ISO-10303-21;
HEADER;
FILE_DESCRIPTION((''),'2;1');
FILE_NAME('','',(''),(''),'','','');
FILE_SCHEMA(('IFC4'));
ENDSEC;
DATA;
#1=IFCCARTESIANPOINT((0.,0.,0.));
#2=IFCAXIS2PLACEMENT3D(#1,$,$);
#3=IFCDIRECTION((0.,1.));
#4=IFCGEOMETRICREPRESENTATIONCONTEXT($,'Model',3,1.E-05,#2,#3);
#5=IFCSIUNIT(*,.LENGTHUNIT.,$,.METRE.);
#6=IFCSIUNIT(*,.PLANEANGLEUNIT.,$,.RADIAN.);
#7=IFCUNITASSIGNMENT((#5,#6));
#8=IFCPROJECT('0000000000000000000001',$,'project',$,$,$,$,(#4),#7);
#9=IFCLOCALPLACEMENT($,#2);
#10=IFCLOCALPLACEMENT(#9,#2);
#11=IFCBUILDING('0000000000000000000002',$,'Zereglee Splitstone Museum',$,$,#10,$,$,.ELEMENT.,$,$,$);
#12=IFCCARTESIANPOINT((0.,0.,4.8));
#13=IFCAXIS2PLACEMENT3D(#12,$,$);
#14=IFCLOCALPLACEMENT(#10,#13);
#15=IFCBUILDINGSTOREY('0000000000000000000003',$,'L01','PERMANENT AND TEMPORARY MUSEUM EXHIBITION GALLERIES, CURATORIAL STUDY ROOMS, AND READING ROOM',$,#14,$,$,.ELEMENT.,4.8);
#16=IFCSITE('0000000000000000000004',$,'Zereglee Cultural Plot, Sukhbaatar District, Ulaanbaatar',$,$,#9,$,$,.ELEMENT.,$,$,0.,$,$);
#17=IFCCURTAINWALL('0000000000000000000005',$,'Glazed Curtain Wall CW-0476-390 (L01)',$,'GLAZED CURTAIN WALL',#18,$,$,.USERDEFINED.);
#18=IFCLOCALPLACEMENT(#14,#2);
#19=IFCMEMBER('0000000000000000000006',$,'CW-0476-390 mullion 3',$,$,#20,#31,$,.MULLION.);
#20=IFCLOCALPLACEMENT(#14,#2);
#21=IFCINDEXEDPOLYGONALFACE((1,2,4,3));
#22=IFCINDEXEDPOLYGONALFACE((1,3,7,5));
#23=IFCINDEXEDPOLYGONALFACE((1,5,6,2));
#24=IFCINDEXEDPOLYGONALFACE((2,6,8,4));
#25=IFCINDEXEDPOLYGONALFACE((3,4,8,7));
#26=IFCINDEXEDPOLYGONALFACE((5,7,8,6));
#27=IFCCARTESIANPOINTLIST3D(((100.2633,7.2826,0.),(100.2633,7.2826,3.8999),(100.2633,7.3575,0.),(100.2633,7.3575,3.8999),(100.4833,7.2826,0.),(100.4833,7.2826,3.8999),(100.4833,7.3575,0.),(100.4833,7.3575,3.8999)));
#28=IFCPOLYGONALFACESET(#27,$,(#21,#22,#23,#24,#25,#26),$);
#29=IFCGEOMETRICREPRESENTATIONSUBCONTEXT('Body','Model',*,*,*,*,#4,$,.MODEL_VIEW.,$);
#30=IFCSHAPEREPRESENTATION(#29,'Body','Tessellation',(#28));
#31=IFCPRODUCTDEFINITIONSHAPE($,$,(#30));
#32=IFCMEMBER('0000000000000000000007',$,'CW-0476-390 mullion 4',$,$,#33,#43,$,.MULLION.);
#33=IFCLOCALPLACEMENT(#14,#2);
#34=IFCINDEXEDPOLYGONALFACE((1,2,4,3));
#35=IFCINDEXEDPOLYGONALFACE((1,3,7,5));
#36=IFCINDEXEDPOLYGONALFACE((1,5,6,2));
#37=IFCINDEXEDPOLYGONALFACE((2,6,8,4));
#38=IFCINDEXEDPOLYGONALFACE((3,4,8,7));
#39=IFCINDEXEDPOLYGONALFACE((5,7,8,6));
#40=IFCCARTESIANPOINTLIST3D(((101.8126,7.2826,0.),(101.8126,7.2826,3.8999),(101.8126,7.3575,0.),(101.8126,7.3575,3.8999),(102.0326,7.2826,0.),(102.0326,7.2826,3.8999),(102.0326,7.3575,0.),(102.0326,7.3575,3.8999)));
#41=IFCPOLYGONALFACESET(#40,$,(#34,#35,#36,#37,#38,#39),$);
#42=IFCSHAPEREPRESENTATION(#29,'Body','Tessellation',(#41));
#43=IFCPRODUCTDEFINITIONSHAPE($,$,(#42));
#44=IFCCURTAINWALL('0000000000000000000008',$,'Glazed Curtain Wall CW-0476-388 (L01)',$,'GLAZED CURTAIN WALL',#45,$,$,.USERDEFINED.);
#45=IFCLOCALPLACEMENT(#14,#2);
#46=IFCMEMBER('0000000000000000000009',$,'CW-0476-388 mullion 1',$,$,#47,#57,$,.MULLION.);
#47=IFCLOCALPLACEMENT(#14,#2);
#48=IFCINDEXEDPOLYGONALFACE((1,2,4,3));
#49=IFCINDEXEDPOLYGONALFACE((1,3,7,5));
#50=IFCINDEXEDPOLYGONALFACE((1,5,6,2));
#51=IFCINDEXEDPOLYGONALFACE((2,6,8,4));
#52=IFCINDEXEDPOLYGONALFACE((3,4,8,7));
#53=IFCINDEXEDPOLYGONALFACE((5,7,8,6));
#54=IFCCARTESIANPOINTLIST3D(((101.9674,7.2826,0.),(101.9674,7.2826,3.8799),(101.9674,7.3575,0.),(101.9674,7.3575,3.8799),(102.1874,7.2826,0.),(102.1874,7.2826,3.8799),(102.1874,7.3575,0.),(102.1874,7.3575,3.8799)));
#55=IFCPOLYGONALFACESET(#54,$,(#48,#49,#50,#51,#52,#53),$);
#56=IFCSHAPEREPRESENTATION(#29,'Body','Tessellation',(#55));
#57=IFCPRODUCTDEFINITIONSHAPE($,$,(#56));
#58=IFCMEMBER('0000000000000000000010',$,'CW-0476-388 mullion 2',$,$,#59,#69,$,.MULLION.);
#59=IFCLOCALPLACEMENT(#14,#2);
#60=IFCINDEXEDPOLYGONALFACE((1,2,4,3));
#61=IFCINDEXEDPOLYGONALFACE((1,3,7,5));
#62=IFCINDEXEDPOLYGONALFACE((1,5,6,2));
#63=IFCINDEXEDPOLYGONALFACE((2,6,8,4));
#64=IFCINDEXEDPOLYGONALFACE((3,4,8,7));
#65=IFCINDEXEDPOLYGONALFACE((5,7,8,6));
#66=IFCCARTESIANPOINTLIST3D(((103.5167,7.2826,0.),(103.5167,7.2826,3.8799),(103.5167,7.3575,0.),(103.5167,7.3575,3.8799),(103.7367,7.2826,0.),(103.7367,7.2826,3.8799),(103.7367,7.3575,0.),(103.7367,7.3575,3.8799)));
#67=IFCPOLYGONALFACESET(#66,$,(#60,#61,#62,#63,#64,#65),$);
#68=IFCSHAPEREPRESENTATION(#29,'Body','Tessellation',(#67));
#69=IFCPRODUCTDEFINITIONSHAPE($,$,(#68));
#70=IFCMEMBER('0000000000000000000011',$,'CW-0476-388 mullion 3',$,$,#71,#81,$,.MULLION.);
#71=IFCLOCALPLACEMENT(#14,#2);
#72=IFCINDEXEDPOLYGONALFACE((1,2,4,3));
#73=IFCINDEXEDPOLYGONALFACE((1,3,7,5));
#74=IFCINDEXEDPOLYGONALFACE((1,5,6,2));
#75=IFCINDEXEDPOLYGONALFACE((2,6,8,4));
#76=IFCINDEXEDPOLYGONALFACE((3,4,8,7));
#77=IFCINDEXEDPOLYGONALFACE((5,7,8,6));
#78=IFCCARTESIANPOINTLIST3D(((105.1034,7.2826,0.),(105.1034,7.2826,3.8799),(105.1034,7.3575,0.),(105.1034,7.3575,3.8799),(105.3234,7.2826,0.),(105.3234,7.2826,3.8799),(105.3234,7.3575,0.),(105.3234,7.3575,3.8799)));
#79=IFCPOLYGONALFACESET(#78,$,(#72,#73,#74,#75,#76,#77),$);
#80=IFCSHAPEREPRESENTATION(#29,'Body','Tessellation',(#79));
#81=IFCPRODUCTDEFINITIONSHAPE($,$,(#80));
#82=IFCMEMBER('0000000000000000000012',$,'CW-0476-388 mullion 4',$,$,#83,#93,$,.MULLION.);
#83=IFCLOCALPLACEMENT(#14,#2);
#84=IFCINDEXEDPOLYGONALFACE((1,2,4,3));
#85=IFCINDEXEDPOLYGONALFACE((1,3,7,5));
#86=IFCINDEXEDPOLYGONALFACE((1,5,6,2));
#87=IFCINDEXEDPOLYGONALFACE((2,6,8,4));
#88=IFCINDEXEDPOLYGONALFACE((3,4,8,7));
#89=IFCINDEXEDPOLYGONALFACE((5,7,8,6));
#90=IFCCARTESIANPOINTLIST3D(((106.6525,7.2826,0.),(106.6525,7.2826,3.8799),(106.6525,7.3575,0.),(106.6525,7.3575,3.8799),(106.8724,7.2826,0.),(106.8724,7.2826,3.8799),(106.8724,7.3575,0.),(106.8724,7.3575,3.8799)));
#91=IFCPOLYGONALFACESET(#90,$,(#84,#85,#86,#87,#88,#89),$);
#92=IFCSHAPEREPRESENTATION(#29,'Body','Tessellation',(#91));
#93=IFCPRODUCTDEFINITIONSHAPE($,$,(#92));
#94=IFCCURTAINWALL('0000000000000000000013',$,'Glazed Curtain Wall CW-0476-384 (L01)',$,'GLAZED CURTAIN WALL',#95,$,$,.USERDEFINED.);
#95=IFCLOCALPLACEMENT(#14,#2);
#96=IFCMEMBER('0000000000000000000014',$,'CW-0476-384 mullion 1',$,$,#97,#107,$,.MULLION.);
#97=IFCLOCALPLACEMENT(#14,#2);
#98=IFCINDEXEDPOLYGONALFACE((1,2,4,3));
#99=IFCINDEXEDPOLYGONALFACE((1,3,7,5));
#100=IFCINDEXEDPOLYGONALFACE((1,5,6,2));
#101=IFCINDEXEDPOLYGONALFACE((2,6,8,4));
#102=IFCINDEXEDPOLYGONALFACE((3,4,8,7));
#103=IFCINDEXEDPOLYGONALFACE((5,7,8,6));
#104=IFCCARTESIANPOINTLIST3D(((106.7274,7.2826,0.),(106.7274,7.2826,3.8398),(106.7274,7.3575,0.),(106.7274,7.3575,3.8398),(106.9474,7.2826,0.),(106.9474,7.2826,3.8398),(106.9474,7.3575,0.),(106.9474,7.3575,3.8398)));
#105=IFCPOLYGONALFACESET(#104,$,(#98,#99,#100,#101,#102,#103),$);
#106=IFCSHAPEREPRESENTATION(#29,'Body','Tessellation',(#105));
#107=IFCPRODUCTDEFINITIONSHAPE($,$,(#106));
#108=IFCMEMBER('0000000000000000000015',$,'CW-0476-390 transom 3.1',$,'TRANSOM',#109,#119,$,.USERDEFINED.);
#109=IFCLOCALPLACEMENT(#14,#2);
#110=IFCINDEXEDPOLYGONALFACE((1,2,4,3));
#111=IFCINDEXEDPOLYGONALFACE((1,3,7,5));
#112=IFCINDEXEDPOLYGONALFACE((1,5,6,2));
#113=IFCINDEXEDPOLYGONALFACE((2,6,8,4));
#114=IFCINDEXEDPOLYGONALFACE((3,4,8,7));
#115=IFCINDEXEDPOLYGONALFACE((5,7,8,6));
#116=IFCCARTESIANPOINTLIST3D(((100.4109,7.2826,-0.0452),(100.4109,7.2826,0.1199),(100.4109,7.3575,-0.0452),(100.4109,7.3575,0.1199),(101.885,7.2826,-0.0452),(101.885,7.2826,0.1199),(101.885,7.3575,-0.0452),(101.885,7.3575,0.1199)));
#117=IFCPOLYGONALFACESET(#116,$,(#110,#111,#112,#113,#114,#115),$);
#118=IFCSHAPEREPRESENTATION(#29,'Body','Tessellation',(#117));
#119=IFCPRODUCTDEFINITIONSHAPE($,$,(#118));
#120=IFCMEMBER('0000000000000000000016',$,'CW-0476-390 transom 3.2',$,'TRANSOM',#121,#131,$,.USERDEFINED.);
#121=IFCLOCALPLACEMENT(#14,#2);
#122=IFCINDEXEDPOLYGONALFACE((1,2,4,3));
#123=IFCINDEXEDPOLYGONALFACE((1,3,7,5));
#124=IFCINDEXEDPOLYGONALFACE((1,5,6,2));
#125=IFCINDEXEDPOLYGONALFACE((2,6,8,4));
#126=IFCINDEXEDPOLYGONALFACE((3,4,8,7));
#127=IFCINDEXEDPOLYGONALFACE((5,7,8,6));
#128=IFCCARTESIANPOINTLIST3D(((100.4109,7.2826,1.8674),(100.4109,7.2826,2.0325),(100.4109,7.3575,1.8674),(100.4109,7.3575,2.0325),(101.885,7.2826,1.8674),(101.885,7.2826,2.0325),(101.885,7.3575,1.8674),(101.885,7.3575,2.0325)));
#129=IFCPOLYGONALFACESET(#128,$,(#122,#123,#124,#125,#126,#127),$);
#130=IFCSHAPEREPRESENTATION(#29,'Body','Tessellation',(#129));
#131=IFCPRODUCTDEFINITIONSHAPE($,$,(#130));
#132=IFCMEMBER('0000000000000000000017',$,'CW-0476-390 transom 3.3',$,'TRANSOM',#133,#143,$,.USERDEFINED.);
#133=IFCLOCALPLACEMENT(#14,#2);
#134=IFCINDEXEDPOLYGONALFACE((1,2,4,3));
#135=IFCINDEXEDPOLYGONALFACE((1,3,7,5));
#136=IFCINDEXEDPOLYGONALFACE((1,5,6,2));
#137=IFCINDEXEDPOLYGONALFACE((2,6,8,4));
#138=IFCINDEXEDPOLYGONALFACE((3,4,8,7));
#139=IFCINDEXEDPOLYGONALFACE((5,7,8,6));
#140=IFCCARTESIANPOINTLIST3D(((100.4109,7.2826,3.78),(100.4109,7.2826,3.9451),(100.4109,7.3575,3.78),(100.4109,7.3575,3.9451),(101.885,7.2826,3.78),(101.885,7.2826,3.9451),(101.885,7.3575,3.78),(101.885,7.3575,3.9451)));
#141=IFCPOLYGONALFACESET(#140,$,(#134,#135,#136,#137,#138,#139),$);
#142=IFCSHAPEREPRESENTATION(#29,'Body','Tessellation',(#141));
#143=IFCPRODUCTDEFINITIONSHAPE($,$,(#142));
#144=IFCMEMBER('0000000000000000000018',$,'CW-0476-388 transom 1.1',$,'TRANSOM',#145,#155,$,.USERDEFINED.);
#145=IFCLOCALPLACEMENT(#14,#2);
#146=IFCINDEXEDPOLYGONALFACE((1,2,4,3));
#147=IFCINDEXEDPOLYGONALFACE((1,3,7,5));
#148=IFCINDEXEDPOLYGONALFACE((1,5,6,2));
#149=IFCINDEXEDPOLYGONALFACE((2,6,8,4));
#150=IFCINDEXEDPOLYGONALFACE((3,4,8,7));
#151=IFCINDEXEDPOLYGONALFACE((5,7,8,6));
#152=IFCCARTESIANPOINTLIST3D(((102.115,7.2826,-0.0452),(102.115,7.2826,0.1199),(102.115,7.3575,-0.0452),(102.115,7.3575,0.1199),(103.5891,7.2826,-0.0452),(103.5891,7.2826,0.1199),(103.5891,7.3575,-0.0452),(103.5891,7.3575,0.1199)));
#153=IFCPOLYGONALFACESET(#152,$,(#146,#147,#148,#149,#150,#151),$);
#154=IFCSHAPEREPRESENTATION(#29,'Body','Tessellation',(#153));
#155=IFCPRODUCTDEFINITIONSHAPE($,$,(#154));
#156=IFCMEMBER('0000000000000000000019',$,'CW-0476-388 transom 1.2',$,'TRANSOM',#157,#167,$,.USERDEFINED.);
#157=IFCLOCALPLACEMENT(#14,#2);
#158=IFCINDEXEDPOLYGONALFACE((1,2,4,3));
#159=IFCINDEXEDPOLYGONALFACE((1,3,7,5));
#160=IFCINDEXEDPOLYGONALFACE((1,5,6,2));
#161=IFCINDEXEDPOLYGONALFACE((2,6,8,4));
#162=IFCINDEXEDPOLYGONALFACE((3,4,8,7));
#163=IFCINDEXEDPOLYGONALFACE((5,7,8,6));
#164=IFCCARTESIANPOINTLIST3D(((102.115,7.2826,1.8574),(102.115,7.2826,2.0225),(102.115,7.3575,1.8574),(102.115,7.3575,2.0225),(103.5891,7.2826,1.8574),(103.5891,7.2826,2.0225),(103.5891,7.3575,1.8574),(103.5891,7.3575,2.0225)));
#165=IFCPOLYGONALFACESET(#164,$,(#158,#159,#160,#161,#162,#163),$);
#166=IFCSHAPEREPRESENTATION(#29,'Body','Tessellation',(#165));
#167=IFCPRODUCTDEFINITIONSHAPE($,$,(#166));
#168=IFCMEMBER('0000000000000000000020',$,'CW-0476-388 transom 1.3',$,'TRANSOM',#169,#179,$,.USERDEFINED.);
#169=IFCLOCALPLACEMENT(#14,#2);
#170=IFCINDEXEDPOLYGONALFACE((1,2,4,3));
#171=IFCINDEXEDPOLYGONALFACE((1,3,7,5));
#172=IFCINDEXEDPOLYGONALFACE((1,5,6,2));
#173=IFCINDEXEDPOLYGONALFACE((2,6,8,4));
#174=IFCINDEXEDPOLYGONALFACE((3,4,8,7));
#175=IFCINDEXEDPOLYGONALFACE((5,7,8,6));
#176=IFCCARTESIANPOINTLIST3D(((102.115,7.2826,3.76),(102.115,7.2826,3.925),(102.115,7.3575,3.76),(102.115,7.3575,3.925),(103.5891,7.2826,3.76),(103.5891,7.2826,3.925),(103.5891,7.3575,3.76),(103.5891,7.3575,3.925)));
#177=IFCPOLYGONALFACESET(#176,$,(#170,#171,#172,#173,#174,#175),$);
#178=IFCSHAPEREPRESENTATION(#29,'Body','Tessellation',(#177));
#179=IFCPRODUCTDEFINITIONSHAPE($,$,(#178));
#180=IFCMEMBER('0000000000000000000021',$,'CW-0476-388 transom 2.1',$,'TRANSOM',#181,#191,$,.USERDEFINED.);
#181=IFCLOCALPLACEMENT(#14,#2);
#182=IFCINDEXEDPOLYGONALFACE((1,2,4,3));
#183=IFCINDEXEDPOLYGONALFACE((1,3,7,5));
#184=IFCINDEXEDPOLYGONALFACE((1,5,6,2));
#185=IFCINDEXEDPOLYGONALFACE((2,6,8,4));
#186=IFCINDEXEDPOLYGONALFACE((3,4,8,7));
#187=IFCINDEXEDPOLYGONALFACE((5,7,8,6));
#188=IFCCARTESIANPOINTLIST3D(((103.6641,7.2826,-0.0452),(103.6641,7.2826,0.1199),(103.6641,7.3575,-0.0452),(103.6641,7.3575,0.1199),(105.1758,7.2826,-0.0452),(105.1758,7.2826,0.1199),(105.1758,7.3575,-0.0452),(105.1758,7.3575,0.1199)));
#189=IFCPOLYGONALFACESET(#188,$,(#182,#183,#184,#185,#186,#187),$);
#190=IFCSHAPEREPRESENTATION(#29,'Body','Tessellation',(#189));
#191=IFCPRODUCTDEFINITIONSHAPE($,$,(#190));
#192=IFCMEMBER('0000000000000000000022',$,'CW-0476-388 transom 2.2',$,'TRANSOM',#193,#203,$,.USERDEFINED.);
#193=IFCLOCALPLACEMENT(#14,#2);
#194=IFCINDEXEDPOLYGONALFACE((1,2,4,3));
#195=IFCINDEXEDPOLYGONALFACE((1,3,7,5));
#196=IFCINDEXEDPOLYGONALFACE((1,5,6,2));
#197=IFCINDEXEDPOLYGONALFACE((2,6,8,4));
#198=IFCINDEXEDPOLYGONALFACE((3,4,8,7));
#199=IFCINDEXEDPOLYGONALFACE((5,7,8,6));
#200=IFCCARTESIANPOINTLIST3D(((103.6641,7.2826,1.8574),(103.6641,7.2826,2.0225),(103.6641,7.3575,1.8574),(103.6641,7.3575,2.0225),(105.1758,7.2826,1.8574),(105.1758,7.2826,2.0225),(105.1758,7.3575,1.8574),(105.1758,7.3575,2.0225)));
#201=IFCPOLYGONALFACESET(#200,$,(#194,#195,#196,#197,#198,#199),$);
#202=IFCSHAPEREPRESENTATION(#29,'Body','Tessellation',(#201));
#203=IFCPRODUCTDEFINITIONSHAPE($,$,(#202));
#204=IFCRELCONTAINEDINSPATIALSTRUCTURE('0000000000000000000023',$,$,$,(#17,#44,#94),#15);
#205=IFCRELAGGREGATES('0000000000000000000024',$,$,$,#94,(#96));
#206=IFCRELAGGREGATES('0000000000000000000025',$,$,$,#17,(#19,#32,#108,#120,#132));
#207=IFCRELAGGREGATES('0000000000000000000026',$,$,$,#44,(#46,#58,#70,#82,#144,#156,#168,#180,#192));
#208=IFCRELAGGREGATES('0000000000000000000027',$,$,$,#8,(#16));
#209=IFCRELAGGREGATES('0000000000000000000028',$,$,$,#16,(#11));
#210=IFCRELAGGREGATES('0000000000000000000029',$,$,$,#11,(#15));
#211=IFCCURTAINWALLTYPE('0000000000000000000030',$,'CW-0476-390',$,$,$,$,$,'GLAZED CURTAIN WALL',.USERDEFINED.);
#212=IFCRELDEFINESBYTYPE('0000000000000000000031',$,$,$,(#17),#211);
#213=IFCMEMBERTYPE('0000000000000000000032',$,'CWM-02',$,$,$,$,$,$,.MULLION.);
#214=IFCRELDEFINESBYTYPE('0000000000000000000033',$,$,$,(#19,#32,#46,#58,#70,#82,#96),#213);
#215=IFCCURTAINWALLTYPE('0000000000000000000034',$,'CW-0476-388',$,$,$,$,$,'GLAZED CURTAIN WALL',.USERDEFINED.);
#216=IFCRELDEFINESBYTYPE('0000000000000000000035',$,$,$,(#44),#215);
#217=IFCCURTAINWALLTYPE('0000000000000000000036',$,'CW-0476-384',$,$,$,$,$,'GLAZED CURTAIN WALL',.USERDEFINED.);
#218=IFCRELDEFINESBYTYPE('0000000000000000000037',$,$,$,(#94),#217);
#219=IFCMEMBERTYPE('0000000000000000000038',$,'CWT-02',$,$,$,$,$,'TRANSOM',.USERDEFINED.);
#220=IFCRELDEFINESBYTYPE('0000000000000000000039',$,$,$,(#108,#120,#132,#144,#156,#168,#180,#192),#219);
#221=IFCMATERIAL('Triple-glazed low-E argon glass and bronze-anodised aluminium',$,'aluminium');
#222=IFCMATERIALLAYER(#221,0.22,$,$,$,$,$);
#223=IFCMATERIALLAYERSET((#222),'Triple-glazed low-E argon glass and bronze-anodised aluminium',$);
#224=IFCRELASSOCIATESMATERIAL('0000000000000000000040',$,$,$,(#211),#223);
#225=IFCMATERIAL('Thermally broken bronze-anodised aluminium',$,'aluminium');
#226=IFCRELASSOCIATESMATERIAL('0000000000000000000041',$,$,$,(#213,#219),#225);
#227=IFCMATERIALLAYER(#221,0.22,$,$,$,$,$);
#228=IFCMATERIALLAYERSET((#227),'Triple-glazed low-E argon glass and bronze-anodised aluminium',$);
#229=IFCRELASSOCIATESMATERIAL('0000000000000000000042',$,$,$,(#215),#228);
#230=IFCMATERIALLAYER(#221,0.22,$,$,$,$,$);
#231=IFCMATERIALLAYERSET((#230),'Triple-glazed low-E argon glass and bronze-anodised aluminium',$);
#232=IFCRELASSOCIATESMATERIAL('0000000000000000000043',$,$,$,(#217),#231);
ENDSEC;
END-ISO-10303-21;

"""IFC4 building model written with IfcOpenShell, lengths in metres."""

from ifc_helpers import new_model, si_unit, direction, frame, origin, origin_2d, place, context, subcontext, project, spatial, rectangle, extrude, material, layer, layer_set, material_profile, profile_set, type_object, element, aggregate, save


model = new_model("IFC4")

# Units and contexts
model_context = context("Model", 3, precision=1e-05, world=origin(), true_north=direction((0.0, 1.0)))
body_context = subcontext(model_context, "Body", "Model", "MODEL_VIEW")
ifc_project = project(units=[si_unit("LENGTHUNIT", "METRE"), si_unit("PLANEANGLEUNIT", "RADIAN")], contexts=[model_context])

# Site, building, storey
site_placement = place(None, origin())
site = spatial("IfcSite", under=ifc_project, at=site_placement, Name="Zereglee Cultural Plot, Sukhbaatar District, Ulaanbaatar", CompositionType="ELEMENT", RefElevation=0.0)
building_placement = place(site_placement, origin())
building = spatial("IfcBuilding", under=site, at=building_placement, Name="Zereglee Splitstone Museum", CompositionType="ELEMENT")
storey_placement = place(building_placement, frame((0.0, 0.0, 4.8)))
storey = spatial("IfcBuildingStorey", under=building, at=storey_placement, Name="L01", Description="PERMANENT AND TEMPORARY MUSEUM EXHIBITION GALLERIES, CURATORIAL STUDY ROOMS, AND READING ROOM", CompositionType="ELEMENT", Elevation=4.8)

# Curtain walls, members
ifc_material_1 = material(Name="Triple-glazed low-E argon glass and bronze-anodised aluminium", Category="aluminium")
ifc_layer_1 = layer(ifc_material_1, 0.22)
ifc_layer_set_1 = layer_set([ifc_layer_1], Name="Triple-glazed low-E argon glass and bronze-anodised aluminium")
curtain_wall_type_1 = type_object("IfcCurtainWallType", Name="CW-0476-390", ElementType="GLAZED CURTAIN WALL", PredefinedType="USERDEFINED", material=ifc_layer_set_1)
curtain_wall_1_placement = place(storey_placement, origin())
curtain_wall_1 = element("IfcCurtainWall", 1, at=curtain_wall_1_placement, inside=storey, type_object=curtain_wall_type_1, Name="Glazed Curtain Wall CW-0476-390 (L01)", ObjectType="GLAZED CURTAIN WALL", PredefinedType="USERDEFINED")
ifc_material_2 = material(Name="Thermally broken bronze-anodised aluminium", Category="aluminium")
ifc_material_profile_1 = material_profile(ifc_material_2, rectangle(XDim=0.075, YDim=0.22, at=origin_2d()), Name="CW MULL 75x220")
ifc_profile_set_1 = profile_set([ifc_material_profile_1], Name="Thermally broken bronze-anodised aluminium")
member_type_1 = type_object("IfcMemberType", Name="CWM-02", PredefinedType="MULLION", material=ifc_profile_set_1)
member_1_placement = place(storey_placement, frame((100.3733, 7.3201, 0.0), z_axis=(0.0, 0.0, 1.0), x_axis=(0.0, 1.0, 0.0)))
member_1 = element("IfcMember", 2, at=member_1_placement, type_object=member_type_1, Name="CW-0476-390 mullion 3", PredefinedType="MULLION", context=body_context, shape_type="SweptSolid", body=[
    extrude(rectangle(XDim=0.075, YDim=0.22, at=origin_2d()), origin(), (0.0, 0.0, 1.0), 3.8999),
])
member_2_placement = place(storey_placement, frame((101.9226, 7.3201, 0.0), z_axis=(0.0, 0.0, 1.0), x_axis=(0.0, 1.0, 0.0)))
member_2 = element("IfcMember", 3, at=member_2_placement, type_object=member_type_1, Name="CW-0476-390 mullion 4", PredefinedType="MULLION", context=body_context, shape_type="SweptSolid", body=[
    extrude(rectangle(XDim=0.075, YDim=0.22, at=origin_2d()), origin(), (0.0, 0.0, 1.0), 3.8999),
])
ifc_layer_2 = layer(ifc_material_1, 0.22)
ifc_layer_set_2 = layer_set([ifc_layer_2], Name="Triple-glazed low-E argon glass and bronze-anodised aluminium")
curtain_wall_type_2 = type_object("IfcCurtainWallType", Name="CW-0476-388", ElementType="GLAZED CURTAIN WALL", PredefinedType="USERDEFINED", material=ifc_layer_set_2)
curtain_wall_2_placement = place(storey_placement, origin())
curtain_wall_2 = element("IfcCurtainWall", 4, at=curtain_wall_2_placement, inside=storey, type_object=curtain_wall_type_2, Name="Glazed Curtain Wall CW-0476-388 (L01)", ObjectType="GLAZED CURTAIN WALL", PredefinedType="USERDEFINED")
member_3_placement = place(storey_placement, frame((102.0774, 7.3201, 0.0), z_axis=(0.0, 0.0, 1.0), x_axis=(0.0, 1.0, 0.0)))
member_3 = element("IfcMember", 5, at=member_3_placement, type_object=member_type_1, Name="CW-0476-388 mullion 1", PredefinedType="MULLION", context=body_context, shape_type="SweptSolid", body=[
    extrude(rectangle(XDim=0.075, YDim=0.22, at=origin_2d()), origin(), (0.0, 0.0, 1.0), 3.8799),
])
member_4_placement = place(storey_placement, frame((103.6267, 7.3201, 0.0), z_axis=(0.0, 0.0, 1.0), x_axis=(0.0, 1.0, 0.0)))
member_4 = element("IfcMember", 6, at=member_4_placement, type_object=member_type_1, Name="CW-0476-388 mullion 2", PredefinedType="MULLION", context=body_context, shape_type="SweptSolid", body=[
    extrude(rectangle(XDim=0.075, YDim=0.22, at=origin_2d()), origin(), (0.0, 0.0, 1.0), 3.8799),
])
member_5_placement = place(storey_placement, frame((105.2134, 7.3201, 0.0), z_axis=(0.0, 0.0, 1.0), x_axis=(0.0, 1.0, 0.0)))
member_5 = element("IfcMember", 7, at=member_5_placement, type_object=member_type_1, Name="CW-0476-388 mullion 3", PredefinedType="MULLION", context=body_context, shape_type="SweptSolid", body=[
    extrude(rectangle(XDim=0.075, YDim=0.22, at=origin_2d()), origin(), (0.0, 0.0, 1.0), 3.8799),
])
member_6_placement = place(storey_placement, frame((106.7625, 7.3201, 0.0), z_axis=(0.0, 0.0, 1.0), x_axis=(0.0, 1.0, 0.0)))
member_6 = element("IfcMember", 8, at=member_6_placement, type_object=member_type_1, Name="CW-0476-388 mullion 4", PredefinedType="MULLION", context=body_context, shape_type="SweptSolid", body=[
    extrude(rectangle(XDim=0.075, YDim=0.22, at=origin_2d()), origin(), (0.0, 0.0, 1.0), 3.8799),
])

# Curtain wall, member
ifc_layer_3 = layer(ifc_material_1, 0.22)
ifc_layer_set_3 = layer_set([ifc_layer_3], Name="Triple-glazed low-E argon glass and bronze-anodised aluminium")
curtain_wall_type_3 = type_object("IfcCurtainWallType", Name="CW-0476-384", ElementType="GLAZED CURTAIN WALL", PredefinedType="USERDEFINED", material=ifc_layer_set_3)
curtain_wall_3_placement = place(storey_placement, origin())
curtain_wall_3 = element("IfcCurtainWall", 9, at=curtain_wall_3_placement, inside=storey, type_object=curtain_wall_type_3, Name="Glazed Curtain Wall CW-0476-384 (L01)", ObjectType="GLAZED CURTAIN WALL", PredefinedType="USERDEFINED")
member_7_placement = place(storey_placement, frame((106.8374, 7.3201, 0.0), z_axis=(0.0, 0.0, 1.0), x_axis=(0.0, 1.0, 0.0)))
member_7 = element("IfcMember", 10, at=member_7_placement, type_object=member_type_1, Name="CW-0476-384 mullion 1", PredefinedType="MULLION", context=body_context, shape_type="SweptSolid", body=[
    extrude(rectangle(XDim=0.075, YDim=0.22, at=origin_2d()), origin(), (0.0, 0.0, 1.0), 3.8398),
])
aggregate(curtain_wall_3, [member_7])

# Members
ifc_material_profile_2 = material_profile(ifc_material_2, rectangle(XDim=0.075, YDim=0.165, at=origin_2d()), Name="CW TRAN 75x165")
ifc_profile_set_2 = profile_set([ifc_material_profile_2], Name="Thermally broken bronze-anodised aluminium")
member_type_2 = type_object("IfcMemberType", Name="CWT-02", ElementType="TRANSOM", PredefinedType="USERDEFINED", material=ifc_profile_set_2)
member_8_placement = place(storey_placement, frame((100.4109, 7.3201, 0.0374), z_axis=(1.0, 0.0, 0.0), x_axis=(0.0, 1.0, 0.0)))
member_8 = element("IfcMember", 11, at=member_8_placement, type_object=member_type_2, Name="CW-0476-390 transom 3.1", ObjectType="TRANSOM", PredefinedType="USERDEFINED", context=body_context, shape_type="SweptSolid", body=[
    extrude(rectangle(XDim=0.075, YDim=0.165, at=origin_2d()), origin(), (0.0, 0.0, 1.0), 1.4741),
])
member_9_placement = place(storey_placement, frame((100.4109, 7.3201, 1.95), z_axis=(1.0, 0.0, 0.0), x_axis=(0.0, 1.0, 0.0)))
member_9 = element("IfcMember", 12, at=member_9_placement, type_object=member_type_2, Name="CW-0476-390 transom 3.2", ObjectType="TRANSOM", PredefinedType="USERDEFINED", context=body_context, shape_type="SweptSolid", body=[
    extrude(rectangle(XDim=0.075, YDim=0.165, at=origin_2d()), origin(), (0.0, 0.0, 1.0), 1.4741),
])
member_10_placement = place(storey_placement, frame((100.4109, 7.3201, 3.8625), z_axis=(1.0, 0.0, 0.0), x_axis=(0.0, 1.0, 0.0)))
member_10 = element("IfcMember", 13, at=member_10_placement, type_object=member_type_2, Name="CW-0476-390 transom 3.3", ObjectType="TRANSOM", PredefinedType="USERDEFINED", context=body_context, shape_type="SweptSolid", body=[
    extrude(rectangle(XDim=0.075, YDim=0.165, at=origin_2d()), origin(), (0.0, 0.0, 1.0), 1.4741),
])
member_11_placement = place(storey_placement, frame((102.115, 7.3201, 0.0374), z_axis=(1.0, 0.0, 0.0), x_axis=(0.0, 1.0, 0.0)))
member_11 = element("IfcMember", 14, at=member_11_placement, type_object=member_type_2, Name="CW-0476-388 transom 1.1", ObjectType="TRANSOM", PredefinedType="USERDEFINED", context=body_context, shape_type="SweptSolid", body=[
    extrude(rectangle(XDim=0.075, YDim=0.165, at=origin_2d()), origin(), (0.0, 0.0, 1.0), 1.4741),
])
member_12_placement = place(storey_placement, frame((102.115, 7.3201, 1.9399), z_axis=(1.0, 0.0, 0.0), x_axis=(0.0, 1.0, 0.0)))
member_12 = element("IfcMember", 15, at=member_12_placement, type_object=member_type_2, Name="CW-0476-388 transom 1.2", ObjectType="TRANSOM", PredefinedType="USERDEFINED", context=body_context, shape_type="SweptSolid", body=[
    extrude(rectangle(XDim=0.075, YDim=0.165, at=origin_2d()), origin(), (0.0, 0.0, 1.0), 1.4741),
])
member_13_placement = place(storey_placement, frame((102.115, 7.3201, 3.8425), z_axis=(1.0, 0.0, 0.0), x_axis=(0.0, 1.0, 0.0)))
member_13 = element("IfcMember", 16, at=member_13_placement, type_object=member_type_2, Name="CW-0476-388 transom 1.3", ObjectType="TRANSOM", PredefinedType="USERDEFINED", context=body_context, shape_type="SweptSolid", body=[
    extrude(rectangle(XDim=0.075, YDim=0.165, at=origin_2d()), origin(), (0.0, 0.0, 1.0), 1.4741),
])
member_14_placement = place(storey_placement, frame((103.6641, 7.3201, 0.0374), z_axis=(1.0, 0.0, 0.0), x_axis=(0.0, 1.0, 0.0)))
member_14 = element("IfcMember", 17, at=member_14_placement, type_object=member_type_2, Name="CW-0476-388 transom 2.1", ObjectType="TRANSOM", PredefinedType="USERDEFINED", context=body_context, shape_type="SweptSolid", body=[
    extrude(rectangle(XDim=0.075, YDim=0.165, at=origin_2d()), origin(), (0.0, 0.0, 1.0), 1.5117),
])
member_15_placement = place(storey_placement, frame((103.6641, 7.3201, 1.9399), z_axis=(1.0, 0.0, 0.0), x_axis=(0.0, 1.0, 0.0)))
member_15 = element("IfcMember", 18, at=member_15_placement, type_object=member_type_2, Name="CW-0476-388 transom 2.2", ObjectType="TRANSOM", PredefinedType="USERDEFINED", context=body_context, shape_type="SweptSolid", body=[
    extrude(rectangle(XDim=0.075, YDim=0.165, at=origin_2d()), origin(), (0.0, 0.0, 1.0), 1.5117),
])

aggregate(curtain_wall_1, [member_1, member_2, member_8, member_9, member_10])
aggregate(curtain_wall_2, [member_3, member_4, member_5, member_6, member_11, member_12, member_13, member_14, member_15])

save(model, "model.ifc")
